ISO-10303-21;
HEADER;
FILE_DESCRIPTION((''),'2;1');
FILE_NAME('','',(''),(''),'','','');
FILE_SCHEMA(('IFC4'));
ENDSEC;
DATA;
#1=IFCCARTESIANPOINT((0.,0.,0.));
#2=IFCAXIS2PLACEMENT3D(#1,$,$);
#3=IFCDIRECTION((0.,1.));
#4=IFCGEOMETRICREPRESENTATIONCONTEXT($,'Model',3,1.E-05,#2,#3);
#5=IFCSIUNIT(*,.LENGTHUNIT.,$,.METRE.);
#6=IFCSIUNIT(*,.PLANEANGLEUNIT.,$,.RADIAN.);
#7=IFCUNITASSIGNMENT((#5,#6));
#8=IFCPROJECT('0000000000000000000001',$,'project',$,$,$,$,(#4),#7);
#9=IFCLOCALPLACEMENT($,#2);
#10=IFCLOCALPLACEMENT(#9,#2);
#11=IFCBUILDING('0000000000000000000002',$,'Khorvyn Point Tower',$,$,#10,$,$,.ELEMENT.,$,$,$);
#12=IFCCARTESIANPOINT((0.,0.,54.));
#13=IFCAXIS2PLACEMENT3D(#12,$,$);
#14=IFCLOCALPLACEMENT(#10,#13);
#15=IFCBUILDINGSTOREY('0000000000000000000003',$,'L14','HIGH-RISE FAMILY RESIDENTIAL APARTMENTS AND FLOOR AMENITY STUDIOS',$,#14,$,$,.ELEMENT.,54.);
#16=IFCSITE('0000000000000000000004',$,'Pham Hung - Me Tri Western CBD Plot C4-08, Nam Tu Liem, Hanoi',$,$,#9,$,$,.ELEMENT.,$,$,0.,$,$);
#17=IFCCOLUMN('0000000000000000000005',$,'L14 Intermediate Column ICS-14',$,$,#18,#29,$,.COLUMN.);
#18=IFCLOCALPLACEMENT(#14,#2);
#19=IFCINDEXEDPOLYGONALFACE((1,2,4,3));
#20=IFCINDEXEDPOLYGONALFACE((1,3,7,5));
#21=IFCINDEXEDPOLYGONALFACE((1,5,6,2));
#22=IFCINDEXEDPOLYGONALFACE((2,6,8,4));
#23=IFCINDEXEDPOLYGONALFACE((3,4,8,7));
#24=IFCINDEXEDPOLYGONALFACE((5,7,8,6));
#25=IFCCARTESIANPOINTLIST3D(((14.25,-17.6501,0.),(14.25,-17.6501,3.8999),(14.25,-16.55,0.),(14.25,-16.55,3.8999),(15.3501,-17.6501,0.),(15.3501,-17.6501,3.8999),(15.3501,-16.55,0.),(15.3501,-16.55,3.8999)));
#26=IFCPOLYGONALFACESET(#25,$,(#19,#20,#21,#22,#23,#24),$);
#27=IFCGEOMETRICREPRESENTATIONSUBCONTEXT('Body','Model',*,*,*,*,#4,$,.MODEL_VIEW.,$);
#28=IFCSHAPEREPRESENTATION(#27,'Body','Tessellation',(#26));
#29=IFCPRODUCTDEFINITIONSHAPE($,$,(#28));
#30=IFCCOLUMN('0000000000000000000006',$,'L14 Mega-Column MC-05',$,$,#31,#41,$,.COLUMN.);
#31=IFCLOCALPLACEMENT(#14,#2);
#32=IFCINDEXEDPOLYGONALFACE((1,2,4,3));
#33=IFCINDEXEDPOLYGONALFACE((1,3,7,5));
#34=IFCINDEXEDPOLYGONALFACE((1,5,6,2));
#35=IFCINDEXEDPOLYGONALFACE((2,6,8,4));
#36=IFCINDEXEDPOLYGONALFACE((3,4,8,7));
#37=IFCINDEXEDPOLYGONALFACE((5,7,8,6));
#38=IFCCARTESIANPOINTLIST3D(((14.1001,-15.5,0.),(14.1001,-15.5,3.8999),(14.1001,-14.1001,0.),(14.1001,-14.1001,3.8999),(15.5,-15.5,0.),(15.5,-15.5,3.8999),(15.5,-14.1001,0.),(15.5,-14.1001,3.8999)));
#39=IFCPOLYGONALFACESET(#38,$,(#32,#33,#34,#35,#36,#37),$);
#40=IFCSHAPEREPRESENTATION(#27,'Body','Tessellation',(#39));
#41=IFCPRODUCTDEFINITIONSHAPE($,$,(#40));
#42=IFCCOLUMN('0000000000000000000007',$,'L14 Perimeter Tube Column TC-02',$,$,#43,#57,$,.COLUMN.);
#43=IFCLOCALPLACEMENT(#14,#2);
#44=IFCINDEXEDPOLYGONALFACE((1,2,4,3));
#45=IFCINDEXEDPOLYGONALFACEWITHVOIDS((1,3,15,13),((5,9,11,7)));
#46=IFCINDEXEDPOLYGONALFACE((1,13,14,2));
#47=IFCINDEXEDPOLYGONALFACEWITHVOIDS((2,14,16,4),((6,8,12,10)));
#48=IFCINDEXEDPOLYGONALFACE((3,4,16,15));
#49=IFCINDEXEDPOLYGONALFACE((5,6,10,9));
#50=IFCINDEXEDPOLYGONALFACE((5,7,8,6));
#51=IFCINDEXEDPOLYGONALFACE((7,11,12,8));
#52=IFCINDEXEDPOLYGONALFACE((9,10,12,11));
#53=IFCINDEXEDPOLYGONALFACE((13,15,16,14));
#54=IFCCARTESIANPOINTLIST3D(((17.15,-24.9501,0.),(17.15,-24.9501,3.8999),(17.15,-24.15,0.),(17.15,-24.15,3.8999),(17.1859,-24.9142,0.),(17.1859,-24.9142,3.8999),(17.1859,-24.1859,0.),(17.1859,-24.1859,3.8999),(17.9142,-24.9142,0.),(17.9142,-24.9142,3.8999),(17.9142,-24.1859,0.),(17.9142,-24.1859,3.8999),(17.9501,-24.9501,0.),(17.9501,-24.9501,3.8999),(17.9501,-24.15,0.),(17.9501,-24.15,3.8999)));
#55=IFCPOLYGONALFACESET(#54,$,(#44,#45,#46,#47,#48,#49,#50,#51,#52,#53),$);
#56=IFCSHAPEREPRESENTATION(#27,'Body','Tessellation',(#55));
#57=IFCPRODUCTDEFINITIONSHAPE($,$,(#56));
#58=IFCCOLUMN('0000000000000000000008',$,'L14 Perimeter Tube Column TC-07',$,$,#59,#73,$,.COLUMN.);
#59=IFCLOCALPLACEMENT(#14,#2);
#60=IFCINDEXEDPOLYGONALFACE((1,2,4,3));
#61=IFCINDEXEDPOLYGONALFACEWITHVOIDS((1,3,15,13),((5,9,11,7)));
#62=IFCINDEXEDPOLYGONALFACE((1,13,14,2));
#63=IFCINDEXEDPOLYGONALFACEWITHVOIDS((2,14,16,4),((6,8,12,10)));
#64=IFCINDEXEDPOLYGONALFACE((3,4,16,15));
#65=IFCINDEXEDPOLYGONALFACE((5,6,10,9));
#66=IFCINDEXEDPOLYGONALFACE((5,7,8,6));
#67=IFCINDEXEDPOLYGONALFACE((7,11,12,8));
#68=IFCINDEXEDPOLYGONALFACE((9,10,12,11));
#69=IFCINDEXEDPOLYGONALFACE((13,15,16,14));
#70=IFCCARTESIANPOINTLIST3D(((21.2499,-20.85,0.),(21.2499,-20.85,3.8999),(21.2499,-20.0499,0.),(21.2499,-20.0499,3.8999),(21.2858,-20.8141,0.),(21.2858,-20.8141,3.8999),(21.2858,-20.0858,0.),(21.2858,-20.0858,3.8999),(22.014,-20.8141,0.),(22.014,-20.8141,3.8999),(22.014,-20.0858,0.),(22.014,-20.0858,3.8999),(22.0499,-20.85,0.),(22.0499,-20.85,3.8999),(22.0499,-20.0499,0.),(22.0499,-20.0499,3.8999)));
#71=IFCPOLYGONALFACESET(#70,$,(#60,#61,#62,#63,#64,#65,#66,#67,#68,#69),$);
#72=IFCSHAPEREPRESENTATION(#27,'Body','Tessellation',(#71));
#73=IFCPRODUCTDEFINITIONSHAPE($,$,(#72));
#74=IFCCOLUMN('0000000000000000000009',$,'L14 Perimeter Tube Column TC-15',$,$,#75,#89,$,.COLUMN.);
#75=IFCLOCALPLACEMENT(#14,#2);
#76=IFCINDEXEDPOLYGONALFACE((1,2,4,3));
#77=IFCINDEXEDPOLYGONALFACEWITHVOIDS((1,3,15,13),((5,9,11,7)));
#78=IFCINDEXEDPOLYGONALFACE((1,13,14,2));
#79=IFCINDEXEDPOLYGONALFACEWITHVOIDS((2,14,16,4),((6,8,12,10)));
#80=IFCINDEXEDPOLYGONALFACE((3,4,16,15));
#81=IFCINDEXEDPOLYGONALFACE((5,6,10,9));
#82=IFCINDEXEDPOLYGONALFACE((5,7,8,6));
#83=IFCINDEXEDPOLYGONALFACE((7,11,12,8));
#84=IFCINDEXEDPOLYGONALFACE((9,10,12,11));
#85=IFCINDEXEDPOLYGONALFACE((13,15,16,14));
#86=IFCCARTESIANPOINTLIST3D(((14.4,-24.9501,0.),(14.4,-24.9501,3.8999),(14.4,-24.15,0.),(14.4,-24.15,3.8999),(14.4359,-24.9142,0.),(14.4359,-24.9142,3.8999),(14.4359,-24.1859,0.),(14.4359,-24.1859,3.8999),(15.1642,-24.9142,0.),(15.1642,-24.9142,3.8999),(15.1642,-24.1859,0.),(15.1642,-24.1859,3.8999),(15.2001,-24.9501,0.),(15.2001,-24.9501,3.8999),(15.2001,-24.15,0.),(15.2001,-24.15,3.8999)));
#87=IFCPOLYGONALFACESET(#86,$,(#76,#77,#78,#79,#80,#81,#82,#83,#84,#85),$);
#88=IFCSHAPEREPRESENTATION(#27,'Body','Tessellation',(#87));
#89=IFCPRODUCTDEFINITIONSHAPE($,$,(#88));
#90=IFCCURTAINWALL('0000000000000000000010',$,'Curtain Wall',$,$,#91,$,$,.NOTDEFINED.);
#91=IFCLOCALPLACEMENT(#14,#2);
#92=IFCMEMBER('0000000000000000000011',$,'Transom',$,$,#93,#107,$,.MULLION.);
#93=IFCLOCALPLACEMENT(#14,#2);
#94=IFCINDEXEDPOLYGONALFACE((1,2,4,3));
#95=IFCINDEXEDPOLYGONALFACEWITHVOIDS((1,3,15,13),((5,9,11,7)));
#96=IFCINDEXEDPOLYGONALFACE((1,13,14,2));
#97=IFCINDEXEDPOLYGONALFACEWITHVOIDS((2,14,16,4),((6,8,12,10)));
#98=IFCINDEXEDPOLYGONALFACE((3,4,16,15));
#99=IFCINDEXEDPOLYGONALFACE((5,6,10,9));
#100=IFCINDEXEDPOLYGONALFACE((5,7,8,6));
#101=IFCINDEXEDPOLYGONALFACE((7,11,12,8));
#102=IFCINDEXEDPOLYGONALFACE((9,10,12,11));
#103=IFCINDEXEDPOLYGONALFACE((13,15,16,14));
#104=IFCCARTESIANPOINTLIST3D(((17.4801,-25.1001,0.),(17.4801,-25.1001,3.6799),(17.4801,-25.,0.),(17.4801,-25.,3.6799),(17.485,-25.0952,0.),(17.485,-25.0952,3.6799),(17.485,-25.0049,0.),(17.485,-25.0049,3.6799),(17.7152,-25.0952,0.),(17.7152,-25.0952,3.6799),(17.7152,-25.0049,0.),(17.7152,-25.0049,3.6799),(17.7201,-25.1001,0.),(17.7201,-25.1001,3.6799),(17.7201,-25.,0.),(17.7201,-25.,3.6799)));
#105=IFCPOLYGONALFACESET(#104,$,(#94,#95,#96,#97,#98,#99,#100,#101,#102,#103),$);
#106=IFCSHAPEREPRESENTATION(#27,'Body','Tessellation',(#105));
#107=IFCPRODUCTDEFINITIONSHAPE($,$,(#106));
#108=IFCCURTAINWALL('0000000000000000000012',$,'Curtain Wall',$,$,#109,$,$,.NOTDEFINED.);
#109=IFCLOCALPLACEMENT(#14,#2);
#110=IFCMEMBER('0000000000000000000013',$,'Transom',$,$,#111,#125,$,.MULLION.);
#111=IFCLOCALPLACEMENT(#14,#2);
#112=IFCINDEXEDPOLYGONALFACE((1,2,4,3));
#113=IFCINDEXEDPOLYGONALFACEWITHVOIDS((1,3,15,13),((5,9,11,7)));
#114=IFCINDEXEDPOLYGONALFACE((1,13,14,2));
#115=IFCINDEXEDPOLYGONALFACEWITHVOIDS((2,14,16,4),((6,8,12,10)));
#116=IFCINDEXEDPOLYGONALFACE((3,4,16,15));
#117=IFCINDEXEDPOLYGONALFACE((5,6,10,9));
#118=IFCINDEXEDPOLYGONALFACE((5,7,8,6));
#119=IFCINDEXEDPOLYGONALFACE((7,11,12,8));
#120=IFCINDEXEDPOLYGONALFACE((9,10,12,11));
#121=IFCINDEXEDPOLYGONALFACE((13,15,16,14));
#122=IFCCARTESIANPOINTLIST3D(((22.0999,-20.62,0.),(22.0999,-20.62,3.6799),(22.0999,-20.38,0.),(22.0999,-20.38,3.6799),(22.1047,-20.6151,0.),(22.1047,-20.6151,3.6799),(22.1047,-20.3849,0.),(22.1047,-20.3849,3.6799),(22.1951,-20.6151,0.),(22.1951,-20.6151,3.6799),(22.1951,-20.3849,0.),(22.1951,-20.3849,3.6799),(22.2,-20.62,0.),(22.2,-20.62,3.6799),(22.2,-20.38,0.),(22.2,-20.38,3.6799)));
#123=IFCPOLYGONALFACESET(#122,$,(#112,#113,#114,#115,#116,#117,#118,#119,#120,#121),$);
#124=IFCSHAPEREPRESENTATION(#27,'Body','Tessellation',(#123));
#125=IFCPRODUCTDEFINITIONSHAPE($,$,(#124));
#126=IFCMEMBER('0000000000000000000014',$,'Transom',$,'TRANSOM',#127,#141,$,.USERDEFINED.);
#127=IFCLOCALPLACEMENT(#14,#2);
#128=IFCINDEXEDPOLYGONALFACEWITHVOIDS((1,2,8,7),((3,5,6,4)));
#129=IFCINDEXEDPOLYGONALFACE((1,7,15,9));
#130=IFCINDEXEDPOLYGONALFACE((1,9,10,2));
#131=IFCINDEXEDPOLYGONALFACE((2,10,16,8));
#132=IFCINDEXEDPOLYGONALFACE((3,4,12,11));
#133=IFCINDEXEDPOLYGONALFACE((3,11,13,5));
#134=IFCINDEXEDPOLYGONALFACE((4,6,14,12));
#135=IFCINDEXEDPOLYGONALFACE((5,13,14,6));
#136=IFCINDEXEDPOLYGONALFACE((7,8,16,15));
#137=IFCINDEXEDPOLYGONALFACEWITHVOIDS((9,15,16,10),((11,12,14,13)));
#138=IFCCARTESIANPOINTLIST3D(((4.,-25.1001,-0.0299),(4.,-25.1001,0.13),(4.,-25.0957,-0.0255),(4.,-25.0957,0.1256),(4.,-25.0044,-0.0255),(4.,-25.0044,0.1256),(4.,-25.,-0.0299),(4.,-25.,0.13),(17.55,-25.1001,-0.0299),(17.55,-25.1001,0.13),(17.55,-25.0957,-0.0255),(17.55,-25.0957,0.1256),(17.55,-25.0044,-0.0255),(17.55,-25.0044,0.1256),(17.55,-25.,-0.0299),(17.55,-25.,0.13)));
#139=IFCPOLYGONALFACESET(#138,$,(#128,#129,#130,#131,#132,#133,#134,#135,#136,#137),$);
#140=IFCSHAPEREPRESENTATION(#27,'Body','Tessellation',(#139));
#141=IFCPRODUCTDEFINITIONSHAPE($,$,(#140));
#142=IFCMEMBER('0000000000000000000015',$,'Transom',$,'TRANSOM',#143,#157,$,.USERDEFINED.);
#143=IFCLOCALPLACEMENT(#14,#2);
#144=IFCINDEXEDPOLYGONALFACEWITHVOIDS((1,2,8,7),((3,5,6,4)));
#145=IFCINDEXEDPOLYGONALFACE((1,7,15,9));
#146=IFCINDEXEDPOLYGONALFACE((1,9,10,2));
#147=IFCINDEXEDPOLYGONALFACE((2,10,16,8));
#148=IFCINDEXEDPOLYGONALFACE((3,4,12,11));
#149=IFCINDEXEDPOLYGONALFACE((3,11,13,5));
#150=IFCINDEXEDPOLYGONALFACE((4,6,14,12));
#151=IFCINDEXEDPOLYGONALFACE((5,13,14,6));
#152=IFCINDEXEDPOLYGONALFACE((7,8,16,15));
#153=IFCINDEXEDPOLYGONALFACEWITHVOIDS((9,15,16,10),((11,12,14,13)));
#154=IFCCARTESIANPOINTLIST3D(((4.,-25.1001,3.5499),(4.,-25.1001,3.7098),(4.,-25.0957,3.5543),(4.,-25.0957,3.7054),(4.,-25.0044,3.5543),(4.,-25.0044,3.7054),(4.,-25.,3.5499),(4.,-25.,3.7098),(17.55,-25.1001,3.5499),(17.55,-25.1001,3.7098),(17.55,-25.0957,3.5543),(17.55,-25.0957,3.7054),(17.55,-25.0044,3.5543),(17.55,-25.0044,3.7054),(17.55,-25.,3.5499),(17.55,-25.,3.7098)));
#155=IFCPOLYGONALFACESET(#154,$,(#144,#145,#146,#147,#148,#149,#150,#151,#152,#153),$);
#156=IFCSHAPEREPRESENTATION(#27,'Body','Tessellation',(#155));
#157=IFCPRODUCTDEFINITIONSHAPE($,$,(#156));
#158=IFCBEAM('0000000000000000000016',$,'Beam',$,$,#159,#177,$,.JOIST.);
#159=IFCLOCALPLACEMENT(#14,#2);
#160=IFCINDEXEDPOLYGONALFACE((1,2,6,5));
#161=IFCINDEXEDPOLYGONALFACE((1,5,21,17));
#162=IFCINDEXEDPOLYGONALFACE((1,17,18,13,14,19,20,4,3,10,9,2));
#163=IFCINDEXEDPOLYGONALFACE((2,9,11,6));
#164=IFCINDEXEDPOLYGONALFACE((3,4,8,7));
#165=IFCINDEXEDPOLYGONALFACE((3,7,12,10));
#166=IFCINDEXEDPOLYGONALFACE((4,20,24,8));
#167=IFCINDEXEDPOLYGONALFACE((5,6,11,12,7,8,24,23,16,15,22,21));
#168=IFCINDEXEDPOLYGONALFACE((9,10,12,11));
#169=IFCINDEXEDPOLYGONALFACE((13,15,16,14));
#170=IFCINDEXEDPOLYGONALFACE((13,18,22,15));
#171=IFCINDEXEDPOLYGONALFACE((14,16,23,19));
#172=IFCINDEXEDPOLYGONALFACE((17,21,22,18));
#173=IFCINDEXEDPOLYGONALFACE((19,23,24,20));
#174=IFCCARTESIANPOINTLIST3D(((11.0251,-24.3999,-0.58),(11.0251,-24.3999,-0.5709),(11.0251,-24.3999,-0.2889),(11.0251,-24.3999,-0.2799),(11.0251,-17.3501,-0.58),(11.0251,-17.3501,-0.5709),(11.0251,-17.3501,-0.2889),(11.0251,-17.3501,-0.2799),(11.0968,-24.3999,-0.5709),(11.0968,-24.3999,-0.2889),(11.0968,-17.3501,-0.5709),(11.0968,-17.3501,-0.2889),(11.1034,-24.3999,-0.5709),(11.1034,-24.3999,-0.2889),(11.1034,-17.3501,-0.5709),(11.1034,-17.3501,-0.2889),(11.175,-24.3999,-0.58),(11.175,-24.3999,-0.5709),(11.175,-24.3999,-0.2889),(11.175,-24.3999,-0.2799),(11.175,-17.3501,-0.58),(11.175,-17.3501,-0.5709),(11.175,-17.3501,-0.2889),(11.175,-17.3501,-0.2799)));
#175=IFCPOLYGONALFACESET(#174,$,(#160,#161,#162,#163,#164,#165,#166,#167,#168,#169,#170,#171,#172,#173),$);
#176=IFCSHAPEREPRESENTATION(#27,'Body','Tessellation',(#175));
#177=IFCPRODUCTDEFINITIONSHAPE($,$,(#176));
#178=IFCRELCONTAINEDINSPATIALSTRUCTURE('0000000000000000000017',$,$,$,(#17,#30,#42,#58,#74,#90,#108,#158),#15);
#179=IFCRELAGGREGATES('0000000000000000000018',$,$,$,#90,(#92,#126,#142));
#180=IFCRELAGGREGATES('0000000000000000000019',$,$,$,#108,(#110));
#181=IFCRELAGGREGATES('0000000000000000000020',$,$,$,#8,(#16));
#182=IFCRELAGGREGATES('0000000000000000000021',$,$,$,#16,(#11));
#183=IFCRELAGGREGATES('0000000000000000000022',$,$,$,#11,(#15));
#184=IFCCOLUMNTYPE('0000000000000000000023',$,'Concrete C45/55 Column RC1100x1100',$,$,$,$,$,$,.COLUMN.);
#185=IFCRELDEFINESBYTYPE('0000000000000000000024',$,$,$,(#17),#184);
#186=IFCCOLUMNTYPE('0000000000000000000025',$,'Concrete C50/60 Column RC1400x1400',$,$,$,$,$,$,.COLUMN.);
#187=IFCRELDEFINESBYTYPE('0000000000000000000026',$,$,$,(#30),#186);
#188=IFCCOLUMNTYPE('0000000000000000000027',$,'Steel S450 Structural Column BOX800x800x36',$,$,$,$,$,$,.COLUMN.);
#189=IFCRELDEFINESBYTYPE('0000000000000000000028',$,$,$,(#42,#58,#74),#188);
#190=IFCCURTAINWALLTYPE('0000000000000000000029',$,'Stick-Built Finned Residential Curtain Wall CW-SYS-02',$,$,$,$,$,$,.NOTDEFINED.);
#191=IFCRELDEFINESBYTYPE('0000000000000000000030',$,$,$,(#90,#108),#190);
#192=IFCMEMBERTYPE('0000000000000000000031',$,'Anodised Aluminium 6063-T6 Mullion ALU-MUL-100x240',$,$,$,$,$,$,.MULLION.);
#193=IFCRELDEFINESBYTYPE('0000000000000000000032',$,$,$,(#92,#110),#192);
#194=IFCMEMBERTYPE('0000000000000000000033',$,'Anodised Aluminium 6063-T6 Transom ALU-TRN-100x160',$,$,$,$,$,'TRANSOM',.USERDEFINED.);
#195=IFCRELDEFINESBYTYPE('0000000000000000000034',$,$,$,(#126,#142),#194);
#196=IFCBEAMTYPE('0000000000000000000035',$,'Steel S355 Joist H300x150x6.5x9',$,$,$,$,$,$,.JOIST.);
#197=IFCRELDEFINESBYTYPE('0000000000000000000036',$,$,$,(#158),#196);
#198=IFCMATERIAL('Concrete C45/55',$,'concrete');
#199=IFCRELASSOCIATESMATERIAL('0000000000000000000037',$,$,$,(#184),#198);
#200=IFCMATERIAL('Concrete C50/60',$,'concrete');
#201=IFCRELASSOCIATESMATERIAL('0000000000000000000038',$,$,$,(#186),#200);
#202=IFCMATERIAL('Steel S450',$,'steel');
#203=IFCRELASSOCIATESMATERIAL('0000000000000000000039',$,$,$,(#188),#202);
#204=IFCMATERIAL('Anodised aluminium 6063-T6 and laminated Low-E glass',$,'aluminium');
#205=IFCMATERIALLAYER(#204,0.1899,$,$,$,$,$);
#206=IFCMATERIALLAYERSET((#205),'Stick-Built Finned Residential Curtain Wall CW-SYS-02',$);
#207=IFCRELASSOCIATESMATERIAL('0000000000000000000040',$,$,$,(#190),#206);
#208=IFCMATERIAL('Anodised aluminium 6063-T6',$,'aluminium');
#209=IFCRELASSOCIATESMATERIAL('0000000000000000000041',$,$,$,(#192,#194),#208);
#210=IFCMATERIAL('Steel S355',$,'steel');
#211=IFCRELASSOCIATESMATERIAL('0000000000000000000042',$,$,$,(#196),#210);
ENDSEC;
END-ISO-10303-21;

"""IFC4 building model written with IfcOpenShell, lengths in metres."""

from ifc_helpers import new_model, si_unit, direction, frame, origin, origin_2d, place, context, subcontext, project, spatial, rectangle, hollow_rectangle, i_section, extrude, material, layer, layer_set, material_profile, profile_set, type_object, element, aggregate, save


model = new_model("IFC4")

# Units and contexts
model_context = context("Model", 3, precision=1e-05, world=origin(), true_north=direction((0.0, 1.0)))
body_context = subcontext(model_context, "Body", "Model", "MODEL_VIEW")
ifc_project = project(units=[si_unit("LENGTHUNIT", "METRE"), si_unit("PLANEANGLEUNIT", "RADIAN")], contexts=[model_context])

# Site, building, storey
site_placement = place(None, origin())
site = spatial("IfcSite", under=ifc_project, at=site_placement, Name="Pham Hung - Me Tri Western CBD Plot C4-08, Nam Tu Liem, Hanoi", CompositionType="ELEMENT", RefElevation=0.0)
building_placement = place(site_placement, origin())
building = spatial("IfcBuilding", under=site, at=building_placement, Name="Khorvyn Point Tower", CompositionType="ELEMENT")
storey_placement = place(building_placement, frame((0.0, 0.0, 54.0)))
storey = spatial("IfcBuildingStorey", under=building, at=storey_placement, Name="L14", Description="HIGH-RISE FAMILY RESIDENTIAL APARTMENTS AND FLOOR AMENITY STUDIOS", CompositionType="ELEMENT", Elevation=54.0)

# Columns
ifc_material_1 = material(Name="Concrete C45/55", Category="concrete")
ifc_material_profile_1 = material_profile(ifc_material_1, rectangle(XDim=1.1001, YDim=1.1001, at=origin_2d()))
ifc_profile_set_1 = profile_set([ifc_material_profile_1], Name="Concrete C45/55 RC1100x1100")
column_type_1 = type_object("IfcColumnType", Name="Concrete C45/55 Column RC1100x1100", PredefinedType="COLUMN", material=ifc_profile_set_1)
column_1_placement = place(storey_placement, frame((14.8, -17.1001, 0.0), z_axis=(0.0, 0.0, 1.0), x_axis=(1.0, 0.0, 0.0)))
element("IfcColumn", 1, at=column_1_placement, inside=storey, type_object=column_type_1, Name="L14 Intermediate Column ICS-14", PredefinedType="COLUMN", context=body_context, shape_type="SweptSolid", body=[
    extrude(rectangle(XDim=1.1001, YDim=1.1001, at=origin_2d()), origin(), (0.0, 0.0, 1.0), 3.8999),
])
ifc_material_2 = material(Name="Concrete C50/60", Category="concrete")
ifc_material_profile_2 = material_profile(ifc_material_2, rectangle(XDim=1.3999, YDim=1.3999, at=origin_2d()))
ifc_profile_set_2 = profile_set([ifc_material_profile_2], Name="Concrete C50/60 RC1400x1400")
column_type_2 = type_object("IfcColumnType", Name="Concrete C50/60 Column RC1400x1400", PredefinedType="COLUMN", material=ifc_profile_set_2)
column_2_placement = place(storey_placement, frame((14.8, -14.8, 0.0), z_axis=(0.0, 0.0, 1.0), x_axis=(1.0, 0.0, 0.0)))
element("IfcColumn", 2, at=column_2_placement, inside=storey, type_object=column_type_2, Name="L14 Mega-Column MC-05", PredefinedType="COLUMN", context=body_context, shape_type="SweptSolid", body=[
    extrude(rectangle(XDim=1.3999, YDim=1.3999, at=origin_2d()), origin(), (0.0, 0.0, 1.0), 3.8999),
])
ifc_material_3 = material(Name="Steel S450", Category="steel")
ifc_material_profile_3 = material_profile(ifc_material_3, hollow_rectangle(XDim=0.8, YDim=0.8, WallThickness=0.0359, at=origin_2d()))
ifc_profile_set_3 = profile_set([ifc_material_profile_3], Name="Steel S450 BOX800x800x36")
column_type_3 = type_object("IfcColumnType", Name="Steel S450 Structural Column BOX800x800x36", PredefinedType="COLUMN", material=ifc_profile_set_3)
for number, where, z_axis, x_axis, name in (
    (3, (17.55, -24.55, 0.0), (0.0, 0.0, 1.0), (1.0, 0.0, 0.0), "L14 Perimeter Tube Column TC-02"),
    (4, (21.6499, -20.45, 0.0), (0.0, 0.0, 1.0), (1.0, 0.0, 0.0), "L14 Perimeter Tube Column TC-07"),
    (5, (14.8, -24.55, 0.0), (0.0, 0.0, 1.0), (1.0, 0.0, 0.0), "L14 Perimeter Tube Column TC-15"),
):
    element("IfcColumn", number, at=place(storey_placement, frame(where, z_axis=z_axis, x_axis=x_axis)), inside=storey, type_object=column_type_3, Name=name, PredefinedType="COLUMN", context=body_context, shape_type="SweptSolid", body=[
        extrude(hollow_rectangle(XDim=0.8, YDim=0.8, WallThickness=0.0359, at=origin_2d()), origin(), (0.0, 0.0, 1.0), 3.8999),
    ])

# Curtain walls, members
ifc_material_4 = material(Name="Anodised aluminium 6063-T6 and laminated Low-E glass", Category="aluminium")
ifc_layer_1 = layer(ifc_material_4, 0.1899)
ifc_layer_set_1 = layer_set([ifc_layer_1], Name="Stick-Built Finned Residential Curtain Wall CW-SYS-02")
curtain_wall_type = type_object("IfcCurtainWallType", Name="Stick-Built Finned Residential Curtain Wall CW-SYS-02", PredefinedType="NOTDEFINED", material=ifc_layer_set_1)
curtain_wall_1_placement = place(storey_placement, origin())
curtain_wall_1 = element("IfcCurtainWall", 6, at=curtain_wall_1_placement, inside=storey, type_object=curtain_wall_type, Name="Curtain Wall", PredefinedType="NOTDEFINED")
ifc_material_5 = material(Name="Anodised aluminium 6063-T6", Category="aluminium")
ifc_material_profile_4 = material_profile(ifc_material_5, hollow_rectangle(XDim=0.1001, YDim=0.24, WallThickness=0.0049, at=origin_2d()))
ifc_profile_set_4 = profile_set([ifc_material_profile_4], Name="Anodised aluminium 6063-T6 ALU-MUL-100x240")
member_type_1 = type_object("IfcMemberType", Name="Anodised Aluminium 6063-T6 Mullion ALU-MUL-100x240", PredefinedType="MULLION", material=ifc_profile_set_4)
member_1_placement = place(storey_placement, frame((17.6001, -25.05, 0.0), z_axis=(0.0, 0.0, 1.0), x_axis=(0.0, -1.0, 0.0)))
member_1 = element("IfcMember", 7, at=member_1_placement, type_object=member_type_1, Name="Transom", PredefinedType="MULLION", context=body_context, shape_type="SweptSolid", body=[
    extrude(hollow_rectangle(XDim=0.1001, YDim=0.24, WallThickness=0.0049, at=origin_2d()), origin(), (0.0, 0.0, 1.0), 3.6799),
])
curtain_wall_2_placement = place(storey_placement, origin())
curtain_wall_2 = element("IfcCurtainWall", 8, at=curtain_wall_2_placement, inside=storey, type_object=curtain_wall_type, Name="Curtain Wall", PredefinedType="NOTDEFINED")
member_2_placement = place(storey_placement, frame((22.1499, -20.5, 0.0), z_axis=(0.0, 0.0, 1.0), x_axis=(1.0, 0.0, 0.0)))
member_2 = element("IfcMember", 9, at=member_2_placement, type_object=member_type_1, Name="Transom", PredefinedType="MULLION", context=body_context, shape_type="SweptSolid", body=[
    extrude(hollow_rectangle(XDim=0.1001, YDim=0.24, WallThickness=0.0049, at=origin_2d()), origin(), (0.0, 0.0, 1.0), 3.6799),
])

# Members
ifc_material_profile_5 = material_profile(ifc_material_5, hollow_rectangle(XDim=0.1001, YDim=0.1599, WallThickness=0.0044, at=origin_2d()))
ifc_profile_set_5 = profile_set([ifc_material_profile_5], Name="Anodised aluminium 6063-T6 ALU-TRN-100x160")
member_type_2 = type_object("IfcMemberType", Name="Anodised Aluminium 6063-T6 Transom ALU-TRN-100x160", ElementType="TRANSOM", PredefinedType="USERDEFINED", material=ifc_profile_set_5)
member_3_placement = place(storey_placement, frame((17.55, -25.05, 0.05), z_axis=(-1.0, 0.0, 0.0), x_axis=(0.0, -1.0, 0.0)))
member_3 = element("IfcMember", 10, at=member_3_placement, type_object=member_type_2, Name="Transom", ObjectType="TRANSOM", PredefinedType="USERDEFINED", context=body_context, shape_type="SweptSolid", body=[
    extrude(hollow_rectangle(XDim=0.1001, YDim=0.1599, WallThickness=0.0044, at=origin_2d()), origin(), (0.0, 0.0, 1.0), 13.55),
])
member_4_placement = place(storey_placement, frame((17.55, -25.05, 3.6299), z_axis=(-1.0, 0.0, 0.0), x_axis=(0.0, -1.0, 0.0)))
member_4 = element("IfcMember", 11, at=member_4_placement, type_object=member_type_2, Name="Transom", ObjectType="TRANSOM", PredefinedType="USERDEFINED", context=body_context, shape_type="SweptSolid", body=[
    extrude(hollow_rectangle(XDim=0.1001, YDim=0.1599, WallThickness=0.0044, at=origin_2d()), origin(), (0.0, 0.0, 1.0), 13.55),
])

# Beam
ifc_material_6 = material(Name="Steel S355", Category="steel")
ifc_material_profile_6 = material_profile(ifc_material_6, i_section(OverallWidth=0.1499, OverallDepth=0.3, WebThickness=0.0066, FlangeThickness=0.009, at=origin_2d()))
ifc_profile_set_6 = profile_set([ifc_material_profile_6], Name="Steel S355 H300x150x6.5x9")
beam_type_1 = type_object("IfcBeamType", Name="Steel S355 Joist H300x150x6.5x9", PredefinedType="JOIST", material=ifc_profile_set_6)
beam_1_placement = place(storey_placement, frame((11.1001, -24.3999, -0.4299), z_axis=(0.0, 1.0, 0.0), x_axis=(-1.0, 0.0, 0.0)))
element("IfcBeam", 12, at=beam_1_placement, inside=storey, type_object=beam_type_1, Name="Beam", PredefinedType="JOIST", context=body_context, shape_type="SweptSolid", body=[
    extrude(i_section(OverallWidth=0.1499, OverallDepth=0.3, WebThickness=0.0066, FlangeThickness=0.009, at=origin_2d()), origin(), (0.0, 0.0, 1.0), 7.0498),
])

aggregate(curtain_wall_1, [member_1, member_3, member_4])
aggregate(curtain_wall_2, [member_2])

save(model, "model.ifc")
